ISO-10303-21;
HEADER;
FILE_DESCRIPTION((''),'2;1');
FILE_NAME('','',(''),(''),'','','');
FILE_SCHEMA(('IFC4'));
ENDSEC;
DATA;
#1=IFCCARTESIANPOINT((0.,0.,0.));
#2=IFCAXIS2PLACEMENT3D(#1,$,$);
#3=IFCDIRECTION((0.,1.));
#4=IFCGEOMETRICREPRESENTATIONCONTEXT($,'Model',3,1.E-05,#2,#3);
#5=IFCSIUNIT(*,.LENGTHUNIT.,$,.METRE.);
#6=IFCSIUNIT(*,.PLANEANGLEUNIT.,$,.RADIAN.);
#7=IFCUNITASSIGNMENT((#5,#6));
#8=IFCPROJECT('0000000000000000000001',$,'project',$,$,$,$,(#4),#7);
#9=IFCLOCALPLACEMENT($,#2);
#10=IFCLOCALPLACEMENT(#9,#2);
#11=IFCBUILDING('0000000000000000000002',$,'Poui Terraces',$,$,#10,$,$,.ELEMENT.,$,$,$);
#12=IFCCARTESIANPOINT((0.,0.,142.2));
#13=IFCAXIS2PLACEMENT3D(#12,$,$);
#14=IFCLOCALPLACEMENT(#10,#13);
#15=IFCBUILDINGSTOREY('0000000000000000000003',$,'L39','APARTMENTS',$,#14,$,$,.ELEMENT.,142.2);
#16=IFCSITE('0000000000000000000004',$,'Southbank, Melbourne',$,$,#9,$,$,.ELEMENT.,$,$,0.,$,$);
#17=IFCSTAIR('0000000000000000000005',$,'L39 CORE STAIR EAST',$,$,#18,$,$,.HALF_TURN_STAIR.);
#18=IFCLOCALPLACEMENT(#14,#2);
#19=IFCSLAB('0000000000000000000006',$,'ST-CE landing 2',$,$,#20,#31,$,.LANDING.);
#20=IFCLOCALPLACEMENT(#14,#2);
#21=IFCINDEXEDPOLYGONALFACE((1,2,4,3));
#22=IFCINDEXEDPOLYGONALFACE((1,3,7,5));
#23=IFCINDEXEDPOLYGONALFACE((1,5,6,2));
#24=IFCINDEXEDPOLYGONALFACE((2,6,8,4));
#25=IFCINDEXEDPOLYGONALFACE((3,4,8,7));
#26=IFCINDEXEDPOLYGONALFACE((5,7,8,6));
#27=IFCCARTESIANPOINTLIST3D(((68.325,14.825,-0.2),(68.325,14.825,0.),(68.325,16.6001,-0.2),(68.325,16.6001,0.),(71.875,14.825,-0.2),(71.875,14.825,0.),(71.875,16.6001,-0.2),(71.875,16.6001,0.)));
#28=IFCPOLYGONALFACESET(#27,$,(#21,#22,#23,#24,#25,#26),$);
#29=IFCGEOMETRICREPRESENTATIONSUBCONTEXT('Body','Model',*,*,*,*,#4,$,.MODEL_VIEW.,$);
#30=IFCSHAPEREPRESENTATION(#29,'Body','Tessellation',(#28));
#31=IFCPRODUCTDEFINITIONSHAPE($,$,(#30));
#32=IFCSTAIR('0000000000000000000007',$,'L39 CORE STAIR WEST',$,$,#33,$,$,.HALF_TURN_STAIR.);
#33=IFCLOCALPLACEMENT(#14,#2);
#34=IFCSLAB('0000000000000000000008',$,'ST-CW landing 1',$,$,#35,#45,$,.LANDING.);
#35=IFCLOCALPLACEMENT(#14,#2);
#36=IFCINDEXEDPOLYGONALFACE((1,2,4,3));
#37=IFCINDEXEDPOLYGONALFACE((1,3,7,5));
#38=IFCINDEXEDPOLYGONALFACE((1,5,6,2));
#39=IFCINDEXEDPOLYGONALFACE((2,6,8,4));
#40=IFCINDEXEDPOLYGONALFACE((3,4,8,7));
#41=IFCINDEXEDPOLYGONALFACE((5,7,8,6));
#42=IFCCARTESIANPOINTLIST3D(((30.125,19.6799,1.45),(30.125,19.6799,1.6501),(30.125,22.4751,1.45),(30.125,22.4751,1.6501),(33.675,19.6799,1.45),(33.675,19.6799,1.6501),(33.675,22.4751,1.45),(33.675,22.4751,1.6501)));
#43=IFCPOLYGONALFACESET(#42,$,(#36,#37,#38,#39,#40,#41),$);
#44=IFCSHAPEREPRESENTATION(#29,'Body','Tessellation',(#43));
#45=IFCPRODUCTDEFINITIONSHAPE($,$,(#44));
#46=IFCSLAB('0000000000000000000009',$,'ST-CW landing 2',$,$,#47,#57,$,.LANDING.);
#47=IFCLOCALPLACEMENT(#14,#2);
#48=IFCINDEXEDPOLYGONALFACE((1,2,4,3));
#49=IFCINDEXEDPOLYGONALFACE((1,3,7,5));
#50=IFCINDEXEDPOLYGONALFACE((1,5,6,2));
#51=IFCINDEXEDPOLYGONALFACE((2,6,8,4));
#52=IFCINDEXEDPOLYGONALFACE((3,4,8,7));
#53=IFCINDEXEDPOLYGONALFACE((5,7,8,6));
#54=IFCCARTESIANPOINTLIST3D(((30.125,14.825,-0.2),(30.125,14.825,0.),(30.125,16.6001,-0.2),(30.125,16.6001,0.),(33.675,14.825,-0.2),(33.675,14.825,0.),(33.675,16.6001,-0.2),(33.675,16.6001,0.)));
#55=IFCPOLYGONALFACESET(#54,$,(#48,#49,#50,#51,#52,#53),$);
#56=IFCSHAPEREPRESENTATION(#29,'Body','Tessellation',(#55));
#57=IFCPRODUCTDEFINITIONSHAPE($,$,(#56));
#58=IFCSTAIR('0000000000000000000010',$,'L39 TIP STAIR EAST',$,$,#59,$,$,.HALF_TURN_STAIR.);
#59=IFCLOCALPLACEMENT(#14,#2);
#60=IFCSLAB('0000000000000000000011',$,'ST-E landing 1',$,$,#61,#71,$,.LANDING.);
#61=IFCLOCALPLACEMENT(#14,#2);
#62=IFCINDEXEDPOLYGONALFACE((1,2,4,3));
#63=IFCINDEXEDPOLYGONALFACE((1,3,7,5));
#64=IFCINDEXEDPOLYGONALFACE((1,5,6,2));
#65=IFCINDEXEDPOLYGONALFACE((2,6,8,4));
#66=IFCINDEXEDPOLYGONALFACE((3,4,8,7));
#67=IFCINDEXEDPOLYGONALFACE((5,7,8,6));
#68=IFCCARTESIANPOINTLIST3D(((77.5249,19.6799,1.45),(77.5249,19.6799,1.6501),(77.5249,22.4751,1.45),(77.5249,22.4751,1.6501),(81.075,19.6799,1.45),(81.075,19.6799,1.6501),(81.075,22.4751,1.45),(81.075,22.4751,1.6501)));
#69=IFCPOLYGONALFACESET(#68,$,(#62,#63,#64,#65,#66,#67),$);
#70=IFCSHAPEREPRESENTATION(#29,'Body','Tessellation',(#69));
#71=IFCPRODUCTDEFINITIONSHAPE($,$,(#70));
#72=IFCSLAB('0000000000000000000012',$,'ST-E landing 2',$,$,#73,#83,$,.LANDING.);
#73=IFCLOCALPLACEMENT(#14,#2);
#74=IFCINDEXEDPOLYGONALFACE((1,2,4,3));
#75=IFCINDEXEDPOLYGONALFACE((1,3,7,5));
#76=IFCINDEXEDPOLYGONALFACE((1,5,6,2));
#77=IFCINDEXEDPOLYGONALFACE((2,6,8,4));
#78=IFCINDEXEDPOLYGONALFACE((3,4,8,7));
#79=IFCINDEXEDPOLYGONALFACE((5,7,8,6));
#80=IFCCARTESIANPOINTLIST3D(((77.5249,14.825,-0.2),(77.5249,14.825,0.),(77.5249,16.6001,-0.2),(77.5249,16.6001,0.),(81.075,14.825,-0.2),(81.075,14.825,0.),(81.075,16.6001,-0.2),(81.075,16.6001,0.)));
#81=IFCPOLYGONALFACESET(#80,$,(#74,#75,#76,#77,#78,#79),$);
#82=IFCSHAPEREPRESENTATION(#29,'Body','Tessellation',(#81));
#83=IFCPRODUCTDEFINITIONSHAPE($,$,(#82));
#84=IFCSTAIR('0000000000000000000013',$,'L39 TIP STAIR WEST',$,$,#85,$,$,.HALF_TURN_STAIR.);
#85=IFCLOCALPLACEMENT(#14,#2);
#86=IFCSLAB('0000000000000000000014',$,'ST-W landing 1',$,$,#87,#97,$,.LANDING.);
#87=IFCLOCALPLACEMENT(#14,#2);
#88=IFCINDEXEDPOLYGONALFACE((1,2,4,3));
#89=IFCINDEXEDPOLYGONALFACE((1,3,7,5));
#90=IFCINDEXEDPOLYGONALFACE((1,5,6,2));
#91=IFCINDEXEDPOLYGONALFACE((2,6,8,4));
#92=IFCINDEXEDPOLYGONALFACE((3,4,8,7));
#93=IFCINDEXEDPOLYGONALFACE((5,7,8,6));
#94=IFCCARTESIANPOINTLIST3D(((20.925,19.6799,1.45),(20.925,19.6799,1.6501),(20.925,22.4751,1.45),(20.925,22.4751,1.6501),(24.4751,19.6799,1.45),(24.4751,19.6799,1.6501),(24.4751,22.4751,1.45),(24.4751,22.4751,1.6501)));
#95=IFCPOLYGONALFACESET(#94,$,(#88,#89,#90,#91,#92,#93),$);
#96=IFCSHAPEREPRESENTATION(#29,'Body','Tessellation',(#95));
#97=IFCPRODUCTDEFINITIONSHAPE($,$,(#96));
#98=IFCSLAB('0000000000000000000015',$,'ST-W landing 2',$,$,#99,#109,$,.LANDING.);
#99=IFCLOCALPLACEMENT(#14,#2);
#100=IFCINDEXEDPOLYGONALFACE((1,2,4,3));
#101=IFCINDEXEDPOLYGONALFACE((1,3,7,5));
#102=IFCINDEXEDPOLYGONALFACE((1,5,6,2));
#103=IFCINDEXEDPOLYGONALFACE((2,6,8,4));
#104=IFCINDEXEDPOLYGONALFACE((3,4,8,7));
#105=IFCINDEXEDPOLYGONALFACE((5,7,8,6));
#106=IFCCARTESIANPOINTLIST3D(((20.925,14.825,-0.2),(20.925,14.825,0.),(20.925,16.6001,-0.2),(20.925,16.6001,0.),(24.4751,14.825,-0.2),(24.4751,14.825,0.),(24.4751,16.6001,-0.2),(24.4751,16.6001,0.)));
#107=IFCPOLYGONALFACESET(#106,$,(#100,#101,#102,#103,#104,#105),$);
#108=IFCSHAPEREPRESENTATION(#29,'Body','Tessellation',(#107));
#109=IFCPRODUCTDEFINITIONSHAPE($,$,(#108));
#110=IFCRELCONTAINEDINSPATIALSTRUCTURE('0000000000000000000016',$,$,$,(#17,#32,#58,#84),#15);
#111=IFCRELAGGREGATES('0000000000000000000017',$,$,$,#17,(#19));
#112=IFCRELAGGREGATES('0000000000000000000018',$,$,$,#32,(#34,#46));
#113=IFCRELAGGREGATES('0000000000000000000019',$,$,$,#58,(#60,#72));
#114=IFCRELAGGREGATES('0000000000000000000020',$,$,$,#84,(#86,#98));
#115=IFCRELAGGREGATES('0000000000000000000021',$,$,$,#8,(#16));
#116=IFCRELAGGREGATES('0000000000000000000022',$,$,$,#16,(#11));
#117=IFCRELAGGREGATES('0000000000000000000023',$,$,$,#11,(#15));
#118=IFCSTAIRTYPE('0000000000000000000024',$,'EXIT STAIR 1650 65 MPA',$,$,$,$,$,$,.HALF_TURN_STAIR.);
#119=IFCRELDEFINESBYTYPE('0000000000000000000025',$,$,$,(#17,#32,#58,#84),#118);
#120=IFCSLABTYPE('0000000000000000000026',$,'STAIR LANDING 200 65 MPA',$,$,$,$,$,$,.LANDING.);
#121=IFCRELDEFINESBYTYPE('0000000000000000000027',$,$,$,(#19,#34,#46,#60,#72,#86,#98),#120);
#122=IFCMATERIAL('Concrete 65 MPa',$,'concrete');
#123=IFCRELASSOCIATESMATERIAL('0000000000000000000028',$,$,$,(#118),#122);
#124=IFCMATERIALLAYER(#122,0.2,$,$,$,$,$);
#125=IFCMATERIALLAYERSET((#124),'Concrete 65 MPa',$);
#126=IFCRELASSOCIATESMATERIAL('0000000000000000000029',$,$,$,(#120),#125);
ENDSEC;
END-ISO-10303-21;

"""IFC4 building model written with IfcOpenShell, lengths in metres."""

from ifc_helpers import new_model, si_unit, direction, frame, origin, place, context, subcontext, project, spatial, polyline, outline, extrude, material, layer, layer_set, type_object, element, aggregate, save


model = new_model("IFC4")

# Units and contexts
model_context = context("Model", 3, precision=1e-05, world=origin(), true_north=direction((0.0, 1.0)))
body_context = subcontext(model_context, "Body", "Model", "MODEL_VIEW")
ifc_project = project(units=[si_unit("LENGTHUNIT", "METRE"), si_unit("PLANEANGLEUNIT", "RADIAN")], contexts=[model_context])

# Site, building, storey
site_placement = place(None, origin())
site = spatial("IfcSite", under=ifc_project, at=site_placement, Name="Southbank, Melbourne", CompositionType="ELEMENT", RefElevation=0.0)
building_placement = place(site_placement, origin())
building = spatial("IfcBuilding", under=site, at=building_placement, Name="Poui Terraces", CompositionType="ELEMENT")
storey_placement = place(building_placement, frame((0.0, 0.0, 142.2)))
storey = spatial("IfcBuildingStorey", under=building, at=storey_placement, Name="L39", Description="APARTMENTS", CompositionType="ELEMENT", Elevation=142.2)

# Stair, slab
ifc_material_1 = material(Name="Concrete 65 MPa", Category="concrete")
stair_type = type_object("IfcStairType", Name="EXIT STAIR 1650 65 MPA", PredefinedType="HALF_TURN_STAIR", material=ifc_material_1)
stair_1_placement = place(storey_placement, origin())
stair_1 = element("IfcStair", 1, at=stair_1_placement, inside=storey, type_object=stair_type, Name="L39 CORE STAIR EAST", PredefinedType="HALF_TURN_STAIR")
ifc_layer_1 = layer(ifc_material_1, 0.2)
ifc_layer_set_1 = layer_set([ifc_layer_1], Name="Concrete 65 MPa")
slab_type_1 = type_object("IfcSlabType", Name="STAIR LANDING 200 65 MPA", PredefinedType="LANDING", material=ifc_layer_set_1)
slab_1_placement = place(storey_placement, frame((0.0, 0.0, -0.2)))
slab_1 = element("IfcSlab", 2, at=slab_1_placement, type_object=slab_type_1, Name="ST-CE landing 2", PredefinedType="LANDING", context=body_context, shape_type="SweptSolid", body=[
    extrude(outline(polyline([(68.325, 14.825), (71.875, 14.825), (71.875, 16.6001), (68.325, 16.6001), (68.325, 14.825)])), origin(), (0.0, 0.0, 1.0), 0.2),
])
aggregate(stair_1, [slab_1])

# Stairs, slabs
stair_2_placement = place(storey_placement, origin())
stair_2 = element("IfcStair", 3, at=stair_2_placement, inside=storey, type_object=stair_type, Name="L39 CORE STAIR WEST", PredefinedType="HALF_TURN_STAIR")
slab_2_placement = place(storey_placement, frame((0.0, 0.0, 1.45)))
slab_2 = element("IfcSlab", 4, at=slab_2_placement, type_object=slab_type_1, Name="ST-CW landing 1", PredefinedType="LANDING", context=body_context, shape_type="SweptSolid", body=[
    extrude(outline(polyline([(30.125, 19.6799), (33.675, 19.6799), (33.675, 22.4751), (30.125, 22.4751), (30.125, 19.6799)])), origin(), (0.0, 0.0, 1.0), 0.2002),
])
slab_3_placement = place(storey_placement, frame((0.0, 0.0, -0.2)))
slab_3 = element("IfcSlab", 5, at=slab_3_placement, type_object=slab_type_1, Name="ST-CW landing 2", PredefinedType="LANDING", context=body_context, shape_type="SweptSolid", body=[
    extrude(outline(polyline([(30.125, 14.825), (33.675, 14.825), (33.675, 16.6001), (30.125, 16.6001), (30.125, 14.825)])), origin(), (0.0, 0.0, 1.0), 0.2),
])
aggregate(stair_2, [slab_2, slab_3])
stair_3_placement = place(storey_placement, origin())
stair_3 = element("IfcStair", 6, at=stair_3_placement, inside=storey, type_object=stair_type, Name="L39 TIP STAIR EAST", PredefinedType="HALF_TURN_STAIR")
slab_4_placement = place(storey_placement, frame((0.0, 0.0, 1.45)))
slab_4 = element("IfcSlab", 7, at=slab_4_placement, type_object=slab_type_1, Name="ST-E landing 1", PredefinedType="LANDING", context=body_context, shape_type="SweptSolid", body=[
    extrude(outline(polyline([(77.5249, 19.6799), (81.075, 19.6799), (81.075, 22.4751), (77.5249, 22.4751), (77.5249, 19.6799)])), origin(), (0.0, 0.0, 1.0), 0.2002),
])
slab_5_placement = place(storey_placement, frame((0.0, 0.0, -0.2)))
slab_5 = element("IfcSlab", 8, at=slab_5_placement, type_object=slab_type_1, Name="ST-E landing 2", PredefinedType="LANDING", context=body_context, shape_type="SweptSolid", body=[
    extrude(outline(polyline([(77.5249, 14.825), (81.075, 14.825), (81.075, 16.6001), (77.5249, 16.6001), (77.5249, 14.825)])), origin(), (0.0, 0.0, 1.0), 0.2),
])
aggregate(stair_3, [slab_4, slab_5])
stair_4_placement = place(storey_placement, origin())
stair_4 = element("IfcStair", 9, at=stair_4_placement, inside=storey, type_object=stair_type, Name="L39 TIP STAIR WEST", PredefinedType="HALF_TURN_STAIR")
slab_6_placement = place(storey_placement, frame((0.0, 0.0, 1.45)))
slab_6 = element("IfcSlab", 10, at=slab_6_placement, type_object=slab_type_1, Name="ST-W landing 1", PredefinedType="LANDING", context=body_context, shape_type="SweptSolid", body=[
    extrude(outline(polyline([(20.925, 19.6799), (24.4751, 19.6799), (24.4751, 22.4751), (20.925, 22.4751), (20.925, 19.6799)])), origin(), (0.0, 0.0, 1.0), 0.2002),
])
slab_7_placement = place(storey_placement, frame((0.0, 0.0, -0.2)))
slab_7 = element("IfcSlab", 11, at=slab_7_placement, type_object=slab_type_1, Name="ST-W landing 2", PredefinedType="LANDING", context=body_context, shape_type="SweptSolid", body=[
    extrude(outline(polyline([(20.925, 14.825), (24.4751, 14.825), (24.4751, 16.6001), (20.925, 16.6001), (20.925, 14.825)])), origin(), (0.0, 0.0, 1.0), 0.2),
])
aggregate(stair_4, [slab_6, slab_7])

save(model, "model.ifc")
